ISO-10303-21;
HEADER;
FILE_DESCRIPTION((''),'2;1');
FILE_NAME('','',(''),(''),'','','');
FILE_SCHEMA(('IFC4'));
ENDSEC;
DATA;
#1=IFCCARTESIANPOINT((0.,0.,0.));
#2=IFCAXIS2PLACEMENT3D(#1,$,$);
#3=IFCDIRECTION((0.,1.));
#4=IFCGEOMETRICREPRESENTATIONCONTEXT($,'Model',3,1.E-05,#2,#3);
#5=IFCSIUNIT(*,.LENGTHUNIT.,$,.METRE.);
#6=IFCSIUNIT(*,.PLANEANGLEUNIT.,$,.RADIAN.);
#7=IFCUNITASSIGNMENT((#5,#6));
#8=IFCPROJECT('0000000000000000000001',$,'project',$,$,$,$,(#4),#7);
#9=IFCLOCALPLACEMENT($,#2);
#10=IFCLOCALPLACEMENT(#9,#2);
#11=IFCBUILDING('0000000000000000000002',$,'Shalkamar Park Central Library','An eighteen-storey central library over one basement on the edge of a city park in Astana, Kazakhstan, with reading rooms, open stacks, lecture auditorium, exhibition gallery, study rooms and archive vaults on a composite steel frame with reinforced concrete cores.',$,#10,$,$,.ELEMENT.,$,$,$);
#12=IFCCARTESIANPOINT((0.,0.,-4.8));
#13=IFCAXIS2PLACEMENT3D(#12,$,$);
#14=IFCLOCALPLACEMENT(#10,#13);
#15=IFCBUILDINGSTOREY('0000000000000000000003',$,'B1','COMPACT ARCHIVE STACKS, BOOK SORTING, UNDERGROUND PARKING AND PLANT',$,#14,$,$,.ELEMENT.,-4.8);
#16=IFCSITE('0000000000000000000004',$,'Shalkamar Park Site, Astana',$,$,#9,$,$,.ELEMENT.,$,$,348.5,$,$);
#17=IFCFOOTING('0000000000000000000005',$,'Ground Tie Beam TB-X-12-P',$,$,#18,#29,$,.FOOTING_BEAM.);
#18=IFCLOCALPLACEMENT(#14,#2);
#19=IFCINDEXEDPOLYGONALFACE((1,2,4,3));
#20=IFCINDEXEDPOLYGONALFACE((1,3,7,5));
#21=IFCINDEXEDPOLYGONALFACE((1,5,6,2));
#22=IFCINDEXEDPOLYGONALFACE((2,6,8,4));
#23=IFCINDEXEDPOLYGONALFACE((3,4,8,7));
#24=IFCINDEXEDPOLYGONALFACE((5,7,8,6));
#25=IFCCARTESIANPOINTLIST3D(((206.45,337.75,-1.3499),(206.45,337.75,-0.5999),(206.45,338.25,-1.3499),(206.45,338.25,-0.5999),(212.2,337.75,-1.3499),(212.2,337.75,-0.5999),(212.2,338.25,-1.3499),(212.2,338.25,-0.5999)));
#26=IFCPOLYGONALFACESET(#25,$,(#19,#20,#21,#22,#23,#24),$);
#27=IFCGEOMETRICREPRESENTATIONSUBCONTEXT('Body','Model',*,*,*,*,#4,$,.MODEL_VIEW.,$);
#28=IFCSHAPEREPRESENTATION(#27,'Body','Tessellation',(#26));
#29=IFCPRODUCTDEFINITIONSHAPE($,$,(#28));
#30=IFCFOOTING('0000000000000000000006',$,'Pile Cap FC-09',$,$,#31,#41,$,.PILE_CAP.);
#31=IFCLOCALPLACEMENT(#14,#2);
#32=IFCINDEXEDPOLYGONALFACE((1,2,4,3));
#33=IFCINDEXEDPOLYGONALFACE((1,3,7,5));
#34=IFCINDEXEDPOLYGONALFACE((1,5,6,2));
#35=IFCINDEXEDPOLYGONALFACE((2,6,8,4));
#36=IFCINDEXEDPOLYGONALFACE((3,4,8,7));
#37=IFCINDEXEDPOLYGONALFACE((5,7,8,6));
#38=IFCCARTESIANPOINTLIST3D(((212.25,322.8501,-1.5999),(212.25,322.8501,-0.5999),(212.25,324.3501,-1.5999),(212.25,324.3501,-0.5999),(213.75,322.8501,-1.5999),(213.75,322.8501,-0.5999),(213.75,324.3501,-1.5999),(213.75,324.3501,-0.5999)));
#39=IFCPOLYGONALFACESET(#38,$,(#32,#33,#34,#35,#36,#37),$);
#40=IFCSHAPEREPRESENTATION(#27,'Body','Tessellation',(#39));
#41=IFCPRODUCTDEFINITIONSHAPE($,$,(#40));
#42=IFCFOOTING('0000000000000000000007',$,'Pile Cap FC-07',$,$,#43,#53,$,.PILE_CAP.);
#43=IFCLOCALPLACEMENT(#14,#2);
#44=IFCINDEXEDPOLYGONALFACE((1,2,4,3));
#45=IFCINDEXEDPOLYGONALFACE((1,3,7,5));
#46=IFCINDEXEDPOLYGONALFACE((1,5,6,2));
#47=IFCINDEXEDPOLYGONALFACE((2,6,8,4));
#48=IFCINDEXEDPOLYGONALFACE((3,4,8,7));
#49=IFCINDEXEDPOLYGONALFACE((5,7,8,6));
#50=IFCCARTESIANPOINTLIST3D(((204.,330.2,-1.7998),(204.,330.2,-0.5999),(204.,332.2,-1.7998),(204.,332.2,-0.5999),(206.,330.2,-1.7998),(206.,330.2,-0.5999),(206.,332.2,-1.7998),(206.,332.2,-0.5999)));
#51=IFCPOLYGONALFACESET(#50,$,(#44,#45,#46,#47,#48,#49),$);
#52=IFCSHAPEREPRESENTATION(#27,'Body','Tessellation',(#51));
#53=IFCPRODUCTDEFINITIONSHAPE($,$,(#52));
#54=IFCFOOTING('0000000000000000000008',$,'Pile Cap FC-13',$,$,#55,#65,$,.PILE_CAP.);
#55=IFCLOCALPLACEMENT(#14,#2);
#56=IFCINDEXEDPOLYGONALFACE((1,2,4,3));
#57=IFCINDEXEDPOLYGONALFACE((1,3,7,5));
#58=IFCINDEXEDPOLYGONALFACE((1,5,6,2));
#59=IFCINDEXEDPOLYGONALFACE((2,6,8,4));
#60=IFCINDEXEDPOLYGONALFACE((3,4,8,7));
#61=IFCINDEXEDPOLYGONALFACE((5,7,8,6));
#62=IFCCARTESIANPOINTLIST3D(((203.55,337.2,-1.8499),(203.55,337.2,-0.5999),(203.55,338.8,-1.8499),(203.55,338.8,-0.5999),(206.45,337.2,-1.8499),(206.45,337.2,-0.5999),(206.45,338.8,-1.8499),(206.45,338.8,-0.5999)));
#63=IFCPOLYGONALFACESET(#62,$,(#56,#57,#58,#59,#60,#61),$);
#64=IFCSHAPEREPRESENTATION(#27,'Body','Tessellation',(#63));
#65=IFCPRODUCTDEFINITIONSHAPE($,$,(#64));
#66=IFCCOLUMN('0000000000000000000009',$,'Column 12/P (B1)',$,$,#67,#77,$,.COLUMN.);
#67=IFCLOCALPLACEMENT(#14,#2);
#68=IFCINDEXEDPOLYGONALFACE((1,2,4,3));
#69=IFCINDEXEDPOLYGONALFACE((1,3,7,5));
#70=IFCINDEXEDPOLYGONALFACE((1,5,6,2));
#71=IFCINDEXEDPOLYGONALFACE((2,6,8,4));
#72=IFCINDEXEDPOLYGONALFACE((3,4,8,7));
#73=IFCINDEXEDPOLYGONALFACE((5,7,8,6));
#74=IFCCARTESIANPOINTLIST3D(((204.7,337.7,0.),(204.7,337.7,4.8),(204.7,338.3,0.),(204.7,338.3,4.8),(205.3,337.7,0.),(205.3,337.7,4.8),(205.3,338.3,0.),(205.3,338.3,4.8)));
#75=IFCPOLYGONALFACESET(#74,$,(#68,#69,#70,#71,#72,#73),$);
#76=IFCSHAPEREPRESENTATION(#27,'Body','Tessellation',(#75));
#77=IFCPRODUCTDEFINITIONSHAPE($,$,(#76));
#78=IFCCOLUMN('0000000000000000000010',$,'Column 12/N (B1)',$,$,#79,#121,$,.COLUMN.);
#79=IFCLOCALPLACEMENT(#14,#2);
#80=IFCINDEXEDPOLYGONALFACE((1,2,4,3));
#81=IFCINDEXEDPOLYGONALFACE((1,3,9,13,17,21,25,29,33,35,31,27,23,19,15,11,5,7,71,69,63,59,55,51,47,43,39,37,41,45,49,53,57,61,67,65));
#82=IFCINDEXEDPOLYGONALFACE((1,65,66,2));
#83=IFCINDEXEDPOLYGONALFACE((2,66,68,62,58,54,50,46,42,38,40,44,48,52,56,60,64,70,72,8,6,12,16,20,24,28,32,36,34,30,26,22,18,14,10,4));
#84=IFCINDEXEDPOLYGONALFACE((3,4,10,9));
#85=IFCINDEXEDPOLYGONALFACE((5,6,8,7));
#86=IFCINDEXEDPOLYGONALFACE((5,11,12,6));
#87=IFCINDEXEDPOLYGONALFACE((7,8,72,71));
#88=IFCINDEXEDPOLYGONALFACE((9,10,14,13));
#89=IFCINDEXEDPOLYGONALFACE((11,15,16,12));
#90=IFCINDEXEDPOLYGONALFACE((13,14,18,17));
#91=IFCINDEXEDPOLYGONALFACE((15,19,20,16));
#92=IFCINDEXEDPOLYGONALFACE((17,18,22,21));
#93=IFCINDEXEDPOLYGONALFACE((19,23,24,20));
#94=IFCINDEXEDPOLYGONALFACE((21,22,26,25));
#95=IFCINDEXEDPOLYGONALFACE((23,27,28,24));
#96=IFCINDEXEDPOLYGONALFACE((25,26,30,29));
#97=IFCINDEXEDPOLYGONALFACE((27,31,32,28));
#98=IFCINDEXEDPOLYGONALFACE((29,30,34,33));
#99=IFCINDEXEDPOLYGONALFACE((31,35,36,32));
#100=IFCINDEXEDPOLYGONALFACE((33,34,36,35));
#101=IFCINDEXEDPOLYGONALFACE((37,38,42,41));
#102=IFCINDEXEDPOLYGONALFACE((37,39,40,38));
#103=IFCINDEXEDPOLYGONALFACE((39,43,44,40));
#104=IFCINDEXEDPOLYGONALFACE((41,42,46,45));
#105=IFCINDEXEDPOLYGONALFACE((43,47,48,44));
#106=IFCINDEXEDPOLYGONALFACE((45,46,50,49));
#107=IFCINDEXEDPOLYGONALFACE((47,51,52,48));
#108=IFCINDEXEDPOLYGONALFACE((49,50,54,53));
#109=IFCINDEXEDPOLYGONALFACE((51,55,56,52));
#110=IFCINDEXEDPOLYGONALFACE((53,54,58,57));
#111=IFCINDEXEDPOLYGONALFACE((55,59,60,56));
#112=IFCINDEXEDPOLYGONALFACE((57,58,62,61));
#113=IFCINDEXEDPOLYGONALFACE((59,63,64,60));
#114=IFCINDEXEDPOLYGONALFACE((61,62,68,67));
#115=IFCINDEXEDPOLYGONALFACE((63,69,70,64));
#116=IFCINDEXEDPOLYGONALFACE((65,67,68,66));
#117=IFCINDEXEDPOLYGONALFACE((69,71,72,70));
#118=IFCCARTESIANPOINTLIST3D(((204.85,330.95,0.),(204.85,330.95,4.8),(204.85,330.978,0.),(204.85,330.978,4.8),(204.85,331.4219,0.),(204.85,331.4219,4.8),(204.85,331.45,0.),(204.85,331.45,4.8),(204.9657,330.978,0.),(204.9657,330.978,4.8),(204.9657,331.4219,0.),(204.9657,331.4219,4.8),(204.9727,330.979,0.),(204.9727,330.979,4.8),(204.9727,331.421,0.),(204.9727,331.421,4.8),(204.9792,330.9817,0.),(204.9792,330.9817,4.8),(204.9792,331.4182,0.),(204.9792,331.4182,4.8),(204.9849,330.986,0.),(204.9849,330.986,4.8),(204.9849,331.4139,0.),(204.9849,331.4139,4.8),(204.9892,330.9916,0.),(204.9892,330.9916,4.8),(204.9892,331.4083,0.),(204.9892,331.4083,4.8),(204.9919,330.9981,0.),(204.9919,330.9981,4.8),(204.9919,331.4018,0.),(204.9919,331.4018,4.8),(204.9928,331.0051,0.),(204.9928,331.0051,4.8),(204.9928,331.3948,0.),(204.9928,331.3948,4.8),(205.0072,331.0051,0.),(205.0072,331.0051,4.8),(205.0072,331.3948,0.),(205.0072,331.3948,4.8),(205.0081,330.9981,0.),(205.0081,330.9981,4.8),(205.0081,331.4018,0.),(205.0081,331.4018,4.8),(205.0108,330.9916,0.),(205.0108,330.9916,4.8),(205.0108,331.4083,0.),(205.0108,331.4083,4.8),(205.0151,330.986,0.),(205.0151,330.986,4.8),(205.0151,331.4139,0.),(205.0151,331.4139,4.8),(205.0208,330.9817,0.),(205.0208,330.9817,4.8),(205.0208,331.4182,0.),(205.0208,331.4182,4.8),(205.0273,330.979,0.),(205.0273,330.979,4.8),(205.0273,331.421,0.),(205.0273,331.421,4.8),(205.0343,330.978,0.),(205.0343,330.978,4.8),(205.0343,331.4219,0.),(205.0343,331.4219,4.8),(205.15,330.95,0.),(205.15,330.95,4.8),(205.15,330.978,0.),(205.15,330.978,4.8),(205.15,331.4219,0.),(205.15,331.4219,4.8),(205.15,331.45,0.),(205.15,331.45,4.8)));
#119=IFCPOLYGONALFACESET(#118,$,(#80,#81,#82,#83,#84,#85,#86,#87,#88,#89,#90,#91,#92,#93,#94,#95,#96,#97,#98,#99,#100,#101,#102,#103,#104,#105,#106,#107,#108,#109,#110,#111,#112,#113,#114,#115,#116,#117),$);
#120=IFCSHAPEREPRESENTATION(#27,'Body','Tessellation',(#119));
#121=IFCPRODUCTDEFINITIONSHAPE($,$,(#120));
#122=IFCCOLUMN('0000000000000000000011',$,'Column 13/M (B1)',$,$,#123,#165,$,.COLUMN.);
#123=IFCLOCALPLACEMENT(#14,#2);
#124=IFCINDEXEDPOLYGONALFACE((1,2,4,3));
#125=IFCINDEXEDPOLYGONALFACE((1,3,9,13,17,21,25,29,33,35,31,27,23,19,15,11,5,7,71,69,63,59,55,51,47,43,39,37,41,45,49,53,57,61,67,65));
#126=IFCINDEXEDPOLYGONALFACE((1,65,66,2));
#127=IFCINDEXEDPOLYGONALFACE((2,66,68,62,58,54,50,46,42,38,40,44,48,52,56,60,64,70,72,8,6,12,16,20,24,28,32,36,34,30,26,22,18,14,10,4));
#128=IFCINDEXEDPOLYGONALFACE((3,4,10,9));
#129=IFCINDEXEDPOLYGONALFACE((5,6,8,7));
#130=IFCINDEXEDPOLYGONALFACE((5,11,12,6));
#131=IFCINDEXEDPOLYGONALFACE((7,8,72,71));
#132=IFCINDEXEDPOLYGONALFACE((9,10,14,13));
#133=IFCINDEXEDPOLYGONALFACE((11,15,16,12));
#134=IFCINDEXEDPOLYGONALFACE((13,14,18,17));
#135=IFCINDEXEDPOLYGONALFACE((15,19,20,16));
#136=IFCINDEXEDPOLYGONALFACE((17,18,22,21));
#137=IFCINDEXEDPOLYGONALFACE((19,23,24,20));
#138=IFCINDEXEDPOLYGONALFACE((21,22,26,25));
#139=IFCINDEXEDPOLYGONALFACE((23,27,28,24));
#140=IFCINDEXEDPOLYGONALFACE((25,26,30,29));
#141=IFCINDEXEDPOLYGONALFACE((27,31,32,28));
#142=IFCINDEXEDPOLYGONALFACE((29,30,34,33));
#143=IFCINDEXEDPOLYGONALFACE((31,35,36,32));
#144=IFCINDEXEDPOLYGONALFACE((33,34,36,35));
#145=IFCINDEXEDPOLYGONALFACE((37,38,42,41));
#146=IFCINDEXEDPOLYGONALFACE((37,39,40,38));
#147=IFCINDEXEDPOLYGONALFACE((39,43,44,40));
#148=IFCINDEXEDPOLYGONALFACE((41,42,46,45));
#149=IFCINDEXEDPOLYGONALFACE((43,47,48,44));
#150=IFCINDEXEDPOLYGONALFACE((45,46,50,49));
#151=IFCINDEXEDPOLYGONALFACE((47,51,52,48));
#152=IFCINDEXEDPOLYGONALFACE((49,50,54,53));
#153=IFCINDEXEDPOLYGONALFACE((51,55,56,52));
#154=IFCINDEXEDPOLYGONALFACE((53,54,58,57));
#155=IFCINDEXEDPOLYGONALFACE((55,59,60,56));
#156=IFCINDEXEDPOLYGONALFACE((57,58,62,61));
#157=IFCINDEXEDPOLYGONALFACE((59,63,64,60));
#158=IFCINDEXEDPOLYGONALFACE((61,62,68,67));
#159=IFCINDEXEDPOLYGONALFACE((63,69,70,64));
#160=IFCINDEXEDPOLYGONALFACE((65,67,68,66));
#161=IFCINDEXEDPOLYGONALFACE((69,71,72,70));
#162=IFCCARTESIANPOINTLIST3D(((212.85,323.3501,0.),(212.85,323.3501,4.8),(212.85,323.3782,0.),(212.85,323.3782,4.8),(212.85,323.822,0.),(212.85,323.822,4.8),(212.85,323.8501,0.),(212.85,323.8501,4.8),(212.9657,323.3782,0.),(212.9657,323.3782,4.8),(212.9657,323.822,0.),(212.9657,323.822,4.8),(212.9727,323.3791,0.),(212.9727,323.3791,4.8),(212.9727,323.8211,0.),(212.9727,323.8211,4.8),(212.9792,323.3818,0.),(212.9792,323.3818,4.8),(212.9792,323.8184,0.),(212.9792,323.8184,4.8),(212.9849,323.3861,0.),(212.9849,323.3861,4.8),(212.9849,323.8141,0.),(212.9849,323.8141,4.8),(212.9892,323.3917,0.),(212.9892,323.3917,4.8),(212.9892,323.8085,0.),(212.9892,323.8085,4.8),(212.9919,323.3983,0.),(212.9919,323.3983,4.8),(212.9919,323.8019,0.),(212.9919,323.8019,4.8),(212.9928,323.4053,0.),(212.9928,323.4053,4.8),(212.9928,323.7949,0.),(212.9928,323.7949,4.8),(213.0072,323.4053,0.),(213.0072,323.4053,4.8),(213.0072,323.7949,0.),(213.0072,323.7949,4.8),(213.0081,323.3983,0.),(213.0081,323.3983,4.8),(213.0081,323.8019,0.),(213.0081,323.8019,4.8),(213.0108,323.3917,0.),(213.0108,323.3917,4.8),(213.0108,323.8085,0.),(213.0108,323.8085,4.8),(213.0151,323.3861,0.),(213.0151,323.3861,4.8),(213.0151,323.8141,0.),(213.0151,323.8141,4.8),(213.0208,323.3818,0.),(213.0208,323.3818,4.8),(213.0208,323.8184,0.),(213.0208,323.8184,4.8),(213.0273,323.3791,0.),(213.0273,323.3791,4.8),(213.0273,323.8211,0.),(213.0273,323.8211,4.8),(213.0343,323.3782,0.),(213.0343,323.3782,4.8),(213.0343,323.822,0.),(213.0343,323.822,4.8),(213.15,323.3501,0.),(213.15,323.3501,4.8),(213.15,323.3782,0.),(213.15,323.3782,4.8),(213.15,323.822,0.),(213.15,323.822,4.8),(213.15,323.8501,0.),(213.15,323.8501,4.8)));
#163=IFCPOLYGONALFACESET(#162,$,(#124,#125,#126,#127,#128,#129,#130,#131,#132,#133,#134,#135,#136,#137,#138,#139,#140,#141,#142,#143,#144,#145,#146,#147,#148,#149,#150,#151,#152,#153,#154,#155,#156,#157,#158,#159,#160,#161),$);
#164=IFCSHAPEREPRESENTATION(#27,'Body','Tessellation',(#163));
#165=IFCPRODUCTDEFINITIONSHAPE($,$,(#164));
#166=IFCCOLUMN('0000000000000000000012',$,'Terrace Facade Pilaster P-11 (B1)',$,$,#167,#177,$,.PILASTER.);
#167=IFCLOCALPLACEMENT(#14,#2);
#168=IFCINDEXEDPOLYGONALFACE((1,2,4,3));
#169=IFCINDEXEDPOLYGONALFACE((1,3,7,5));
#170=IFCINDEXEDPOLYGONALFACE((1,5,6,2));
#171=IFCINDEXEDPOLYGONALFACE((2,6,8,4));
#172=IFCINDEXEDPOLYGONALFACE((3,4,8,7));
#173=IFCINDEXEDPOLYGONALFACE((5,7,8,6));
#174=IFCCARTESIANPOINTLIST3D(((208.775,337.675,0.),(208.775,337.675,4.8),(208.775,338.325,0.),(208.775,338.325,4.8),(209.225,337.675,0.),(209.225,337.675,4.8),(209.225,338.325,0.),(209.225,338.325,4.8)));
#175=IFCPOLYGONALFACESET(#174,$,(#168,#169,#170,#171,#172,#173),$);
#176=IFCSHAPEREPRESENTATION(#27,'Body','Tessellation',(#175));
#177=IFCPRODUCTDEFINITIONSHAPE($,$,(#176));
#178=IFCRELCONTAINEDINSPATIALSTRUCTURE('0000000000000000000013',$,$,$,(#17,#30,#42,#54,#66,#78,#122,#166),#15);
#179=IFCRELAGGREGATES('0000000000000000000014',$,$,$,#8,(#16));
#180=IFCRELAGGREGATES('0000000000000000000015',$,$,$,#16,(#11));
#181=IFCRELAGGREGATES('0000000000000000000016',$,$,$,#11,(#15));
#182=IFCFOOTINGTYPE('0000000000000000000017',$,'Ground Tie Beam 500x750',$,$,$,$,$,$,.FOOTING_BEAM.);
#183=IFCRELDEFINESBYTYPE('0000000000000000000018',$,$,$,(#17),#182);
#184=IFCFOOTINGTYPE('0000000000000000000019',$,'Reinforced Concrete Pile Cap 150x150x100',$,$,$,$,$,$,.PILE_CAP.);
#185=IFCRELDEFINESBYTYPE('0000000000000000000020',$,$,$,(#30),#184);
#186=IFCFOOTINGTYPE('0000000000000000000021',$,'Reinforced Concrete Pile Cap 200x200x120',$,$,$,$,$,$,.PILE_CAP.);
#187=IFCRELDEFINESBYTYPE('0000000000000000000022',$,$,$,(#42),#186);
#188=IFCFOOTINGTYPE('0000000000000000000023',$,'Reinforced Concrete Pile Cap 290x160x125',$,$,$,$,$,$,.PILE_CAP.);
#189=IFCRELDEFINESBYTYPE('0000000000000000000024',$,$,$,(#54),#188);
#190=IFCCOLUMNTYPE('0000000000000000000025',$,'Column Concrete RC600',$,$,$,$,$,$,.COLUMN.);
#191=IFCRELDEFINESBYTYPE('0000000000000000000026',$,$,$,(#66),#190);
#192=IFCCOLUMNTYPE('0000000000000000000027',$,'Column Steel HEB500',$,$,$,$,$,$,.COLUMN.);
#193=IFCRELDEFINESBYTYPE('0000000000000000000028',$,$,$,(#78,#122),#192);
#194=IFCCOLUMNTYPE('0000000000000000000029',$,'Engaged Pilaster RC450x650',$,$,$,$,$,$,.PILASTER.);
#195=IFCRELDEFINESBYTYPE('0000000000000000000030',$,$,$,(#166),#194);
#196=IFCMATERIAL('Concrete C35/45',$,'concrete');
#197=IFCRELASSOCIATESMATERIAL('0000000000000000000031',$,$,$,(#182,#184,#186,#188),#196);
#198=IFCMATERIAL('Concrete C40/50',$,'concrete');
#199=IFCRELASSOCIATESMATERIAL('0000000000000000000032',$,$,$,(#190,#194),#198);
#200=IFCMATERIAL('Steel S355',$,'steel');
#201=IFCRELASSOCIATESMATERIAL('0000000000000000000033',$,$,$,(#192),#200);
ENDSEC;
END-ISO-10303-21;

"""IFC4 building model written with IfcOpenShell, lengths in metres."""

from ifc_helpers import new_model, si_unit, direction, frame, origin, origin_2d, place, context, subcontext, project, spatial, rectangle, i_section, extrude, material, material_profile, profile_set, type_object, element, save


model = new_model("IFC4")

# Units and contexts
model_context = context("Model", 3, precision=1e-05, world=origin(), true_north=direction((0.0, 1.0)))
body_context = subcontext(model_context, "Body", "Model", "MODEL_VIEW")
ifc_project = project(units=[si_unit("LENGTHUNIT", "METRE"), si_unit("PLANEANGLEUNIT", "RADIAN")], contexts=[model_context])

# Site, building, storey
site_placement = place(None, origin())
site = spatial("IfcSite", under=ifc_project, at=site_placement, Name="Shalkamar Park Site, Astana", CompositionType="ELEMENT", RefElevation=348.5)
building_placement = place(site_placement, origin())
building = spatial("IfcBuilding", under=site, at=building_placement, Name="Shalkamar Park Central Library", Description="An eighteen-storey central library over one basement on the edge of a city park in Astana, Kazakhstan, with reading rooms, open stacks, lecture auditorium, exhibition gallery, study rooms and archive vaults on a composite steel frame with reinforced concrete cores.", CompositionType="ELEMENT")
storey_placement = place(building_placement, frame((0.0, 0.0, -4.8)))
storey = spatial("IfcBuildingStorey", under=building, at=storey_placement, Name="B1", Description="COMPACT ARCHIVE STACKS, BOOK SORTING, UNDERGROUND PARKING AND PLANT", CompositionType="ELEMENT", Elevation=-4.8)

# Shared definitions
ifc_material_1 = material(Name="Concrete C35/45", Category="concrete")

# Footings
footing_type_1 = type_object("IfcFootingType", Name="Ground Tie Beam 500x750", PredefinedType="FOOTING_BEAM", material=ifc_material_1)
footing_1_placement = place(storey_placement, frame((209.325, 338.0, -1.3499), z_axis=(0.0, 0.0, 1.0), x_axis=(1.0, 0.0, 0.0)))
element("IfcFooting", 1, at=footing_1_placement, inside=storey, type_object=footing_type_1, Name="Ground Tie Beam TB-X-12-P", PredefinedType="FOOTING_BEAM", context=body_context, shape_type="SweptSolid", body=[
    extrude(rectangle(XDim=5.75, YDim=0.5, at=origin_2d()), origin(), (0.0, 0.0, 1.0), 0.75),
])
footing_type_2 = type_object("IfcFootingType", Name="Reinforced Concrete Pile Cap 150x150x100", PredefinedType="PILE_CAP", material=ifc_material_1)
footing_2_placement = place(storey_placement, frame((213.0, 323.6001, -1.5999), z_axis=(0.0, 0.0, 1.0), x_axis=(1.0, 0.0, 0.0)))
element("IfcFooting", 2, at=footing_2_placement, inside=storey, type_object=footing_type_2, Name="Pile Cap FC-09", PredefinedType="PILE_CAP", context=body_context, shape_type="SweptSolid", body=[
    extrude(rectangle(XDim=1.5, YDim=1.5, at=origin_2d()), origin(), (0.0, 0.0, 1.0), 1.0),
])
footing_type_3 = type_object("IfcFootingType", Name="Reinforced Concrete Pile Cap 200x200x120", PredefinedType="PILE_CAP", material=ifc_material_1)
footing_3_placement = place(storey_placement, frame((205.0, 331.2, -1.7998), z_axis=(0.0, 0.0, 1.0), x_axis=(1.0, 0.0, 0.0)))
element("IfcFooting", 3, at=footing_3_placement, inside=storey, type_object=footing_type_3, Name="Pile Cap FC-07", PredefinedType="PILE_CAP", context=body_context, shape_type="SweptSolid", body=[
    extrude(rectangle(XDim=2.0, YDim=2.0, at=origin_2d()), origin(), (0.0, 0.0, 1.0), 1.2),
])
footing_type_4 = type_object("IfcFootingType", Name="Reinforced Concrete Pile Cap 290x160x125", PredefinedType="PILE_CAP", material=ifc_material_1)
footing_4_placement = place(storey_placement, frame((205.0, 338.0, -1.8499), z_axis=(0.0, 0.0, 1.0), x_axis=(1.0, 0.0, 0.0)))
element("IfcFooting", 4, at=footing_4_placement, inside=storey, type_object=footing_type_4, Name="Pile Cap FC-13", PredefinedType="PILE_CAP", context=body_context, shape_type="SweptSolid", body=[
    extrude(rectangle(XDim=2.8999, YDim=1.6001, at=origin_2d()), origin(), (0.0, 0.0, 1.0), 1.25),
])

# Columns
ifc_material_2 = material(Name="Concrete C40/50", Category="concrete")
ifc_material_profile_1 = material_profile(ifc_material_2, rectangle(XDim=0.6001, YDim=0.6001, at=origin_2d()), Name="RC 600x600")
ifc_profile_set_1 = profile_set([ifc_material_profile_1], Name="Concrete C40/50")
column_type_1 = type_object("IfcColumnType", Name="Column Concrete RC600", PredefinedType="COLUMN", material=ifc_profile_set_1)
column_1_placement = place(storey_placement, frame((205.0, 338.0, 0.0), z_axis=(0.0, 0.0, 1.0), x_axis=(1.0, 0.0, 0.0)))
element("IfcColumn", 5, at=column_1_placement, inside=storey, type_object=column_type_1, Name="Column 12/P (B1)", PredefinedType="COLUMN", context=body_context, shape_type="SweptSolid", body=[
    extrude(rectangle(XDim=0.6001, YDim=0.6001, at=origin_2d()), origin(), (0.0, 0.0, 1.0), 4.8),
])
ifc_material_3 = material(Name="Steel S355", Category="steel")
ifc_material_profile_2 = material_profile(ifc_material_3, i_section(OverallWidth=0.3, OverallDepth=0.5, WebThickness=0.0144, FlangeThickness=0.0281, FilletRadius=0.0271, at=origin_2d()), Name="HEB 500")
ifc_profile_set_2 = profile_set([ifc_material_profile_2], Name="Steel S355")
column_type_2 = type_object("IfcColumnType", Name="Column Steel HEB500", PredefinedType="COLUMN", material=ifc_profile_set_2)
for number, where, z_axis, x_axis, name in (
    (6, (205.0, 331.2, 0.0), (0.0, 0.0, 1.0), (1.0, 0.0, 0.0), "Column 12/N (B1)"),
    (7, (213.0, 323.6001, 0.0), (0.0, 0.0, 1.0), (1.0, 0.0, 0.0), "Column 13/M (B1)"),
):
    element("IfcColumn", number, at=place(storey_placement, frame(where, z_axis=z_axis, x_axis=x_axis)), inside=storey, type_object=column_type_2, Name=name, PredefinedType="COLUMN", context=body_context, shape_type="SweptSolid", body=[
        extrude(i_section(OverallWidth=0.3, OverallDepth=0.5, WebThickness=0.0144, FlangeThickness=0.0281, FilletRadius=0.0271, at=origin_2d()), origin(), (0.0, 0.0, 1.0), 4.8),
    ])
ifc_material_profile_3 = material_profile(ifc_material_2, rectangle(XDim=0.45, YDim=0.6499, at=origin_2d()), Name="RC 450x650")
ifc_profile_set_3 = profile_set([ifc_material_profile_3], Name="Concrete C40/50")
column_type_3 = type_object("IfcColumnType", Name="Engaged Pilaster RC450x650", PredefinedType="PILASTER", material=ifc_profile_set_3)
column_2_placement = place(storey_placement, frame((209.0, 338.0, 0.0), z_axis=(0.0, 0.0, 1.0), x_axis=(1.0, 0.0, 0.0)))
element("IfcColumn", 8, at=column_2_placement, inside=storey, type_object=column_type_3, Name="Terrace Facade Pilaster P-11 (B1)", PredefinedType="PILASTER", context=body_context, shape_type="SweptSolid", body=[
    extrude(rectangle(XDim=0.45, YDim=0.6499, at=origin_2d()), origin(), (0.0, 0.0, 1.0), 4.8),
])

save(model, "model.ifc")
